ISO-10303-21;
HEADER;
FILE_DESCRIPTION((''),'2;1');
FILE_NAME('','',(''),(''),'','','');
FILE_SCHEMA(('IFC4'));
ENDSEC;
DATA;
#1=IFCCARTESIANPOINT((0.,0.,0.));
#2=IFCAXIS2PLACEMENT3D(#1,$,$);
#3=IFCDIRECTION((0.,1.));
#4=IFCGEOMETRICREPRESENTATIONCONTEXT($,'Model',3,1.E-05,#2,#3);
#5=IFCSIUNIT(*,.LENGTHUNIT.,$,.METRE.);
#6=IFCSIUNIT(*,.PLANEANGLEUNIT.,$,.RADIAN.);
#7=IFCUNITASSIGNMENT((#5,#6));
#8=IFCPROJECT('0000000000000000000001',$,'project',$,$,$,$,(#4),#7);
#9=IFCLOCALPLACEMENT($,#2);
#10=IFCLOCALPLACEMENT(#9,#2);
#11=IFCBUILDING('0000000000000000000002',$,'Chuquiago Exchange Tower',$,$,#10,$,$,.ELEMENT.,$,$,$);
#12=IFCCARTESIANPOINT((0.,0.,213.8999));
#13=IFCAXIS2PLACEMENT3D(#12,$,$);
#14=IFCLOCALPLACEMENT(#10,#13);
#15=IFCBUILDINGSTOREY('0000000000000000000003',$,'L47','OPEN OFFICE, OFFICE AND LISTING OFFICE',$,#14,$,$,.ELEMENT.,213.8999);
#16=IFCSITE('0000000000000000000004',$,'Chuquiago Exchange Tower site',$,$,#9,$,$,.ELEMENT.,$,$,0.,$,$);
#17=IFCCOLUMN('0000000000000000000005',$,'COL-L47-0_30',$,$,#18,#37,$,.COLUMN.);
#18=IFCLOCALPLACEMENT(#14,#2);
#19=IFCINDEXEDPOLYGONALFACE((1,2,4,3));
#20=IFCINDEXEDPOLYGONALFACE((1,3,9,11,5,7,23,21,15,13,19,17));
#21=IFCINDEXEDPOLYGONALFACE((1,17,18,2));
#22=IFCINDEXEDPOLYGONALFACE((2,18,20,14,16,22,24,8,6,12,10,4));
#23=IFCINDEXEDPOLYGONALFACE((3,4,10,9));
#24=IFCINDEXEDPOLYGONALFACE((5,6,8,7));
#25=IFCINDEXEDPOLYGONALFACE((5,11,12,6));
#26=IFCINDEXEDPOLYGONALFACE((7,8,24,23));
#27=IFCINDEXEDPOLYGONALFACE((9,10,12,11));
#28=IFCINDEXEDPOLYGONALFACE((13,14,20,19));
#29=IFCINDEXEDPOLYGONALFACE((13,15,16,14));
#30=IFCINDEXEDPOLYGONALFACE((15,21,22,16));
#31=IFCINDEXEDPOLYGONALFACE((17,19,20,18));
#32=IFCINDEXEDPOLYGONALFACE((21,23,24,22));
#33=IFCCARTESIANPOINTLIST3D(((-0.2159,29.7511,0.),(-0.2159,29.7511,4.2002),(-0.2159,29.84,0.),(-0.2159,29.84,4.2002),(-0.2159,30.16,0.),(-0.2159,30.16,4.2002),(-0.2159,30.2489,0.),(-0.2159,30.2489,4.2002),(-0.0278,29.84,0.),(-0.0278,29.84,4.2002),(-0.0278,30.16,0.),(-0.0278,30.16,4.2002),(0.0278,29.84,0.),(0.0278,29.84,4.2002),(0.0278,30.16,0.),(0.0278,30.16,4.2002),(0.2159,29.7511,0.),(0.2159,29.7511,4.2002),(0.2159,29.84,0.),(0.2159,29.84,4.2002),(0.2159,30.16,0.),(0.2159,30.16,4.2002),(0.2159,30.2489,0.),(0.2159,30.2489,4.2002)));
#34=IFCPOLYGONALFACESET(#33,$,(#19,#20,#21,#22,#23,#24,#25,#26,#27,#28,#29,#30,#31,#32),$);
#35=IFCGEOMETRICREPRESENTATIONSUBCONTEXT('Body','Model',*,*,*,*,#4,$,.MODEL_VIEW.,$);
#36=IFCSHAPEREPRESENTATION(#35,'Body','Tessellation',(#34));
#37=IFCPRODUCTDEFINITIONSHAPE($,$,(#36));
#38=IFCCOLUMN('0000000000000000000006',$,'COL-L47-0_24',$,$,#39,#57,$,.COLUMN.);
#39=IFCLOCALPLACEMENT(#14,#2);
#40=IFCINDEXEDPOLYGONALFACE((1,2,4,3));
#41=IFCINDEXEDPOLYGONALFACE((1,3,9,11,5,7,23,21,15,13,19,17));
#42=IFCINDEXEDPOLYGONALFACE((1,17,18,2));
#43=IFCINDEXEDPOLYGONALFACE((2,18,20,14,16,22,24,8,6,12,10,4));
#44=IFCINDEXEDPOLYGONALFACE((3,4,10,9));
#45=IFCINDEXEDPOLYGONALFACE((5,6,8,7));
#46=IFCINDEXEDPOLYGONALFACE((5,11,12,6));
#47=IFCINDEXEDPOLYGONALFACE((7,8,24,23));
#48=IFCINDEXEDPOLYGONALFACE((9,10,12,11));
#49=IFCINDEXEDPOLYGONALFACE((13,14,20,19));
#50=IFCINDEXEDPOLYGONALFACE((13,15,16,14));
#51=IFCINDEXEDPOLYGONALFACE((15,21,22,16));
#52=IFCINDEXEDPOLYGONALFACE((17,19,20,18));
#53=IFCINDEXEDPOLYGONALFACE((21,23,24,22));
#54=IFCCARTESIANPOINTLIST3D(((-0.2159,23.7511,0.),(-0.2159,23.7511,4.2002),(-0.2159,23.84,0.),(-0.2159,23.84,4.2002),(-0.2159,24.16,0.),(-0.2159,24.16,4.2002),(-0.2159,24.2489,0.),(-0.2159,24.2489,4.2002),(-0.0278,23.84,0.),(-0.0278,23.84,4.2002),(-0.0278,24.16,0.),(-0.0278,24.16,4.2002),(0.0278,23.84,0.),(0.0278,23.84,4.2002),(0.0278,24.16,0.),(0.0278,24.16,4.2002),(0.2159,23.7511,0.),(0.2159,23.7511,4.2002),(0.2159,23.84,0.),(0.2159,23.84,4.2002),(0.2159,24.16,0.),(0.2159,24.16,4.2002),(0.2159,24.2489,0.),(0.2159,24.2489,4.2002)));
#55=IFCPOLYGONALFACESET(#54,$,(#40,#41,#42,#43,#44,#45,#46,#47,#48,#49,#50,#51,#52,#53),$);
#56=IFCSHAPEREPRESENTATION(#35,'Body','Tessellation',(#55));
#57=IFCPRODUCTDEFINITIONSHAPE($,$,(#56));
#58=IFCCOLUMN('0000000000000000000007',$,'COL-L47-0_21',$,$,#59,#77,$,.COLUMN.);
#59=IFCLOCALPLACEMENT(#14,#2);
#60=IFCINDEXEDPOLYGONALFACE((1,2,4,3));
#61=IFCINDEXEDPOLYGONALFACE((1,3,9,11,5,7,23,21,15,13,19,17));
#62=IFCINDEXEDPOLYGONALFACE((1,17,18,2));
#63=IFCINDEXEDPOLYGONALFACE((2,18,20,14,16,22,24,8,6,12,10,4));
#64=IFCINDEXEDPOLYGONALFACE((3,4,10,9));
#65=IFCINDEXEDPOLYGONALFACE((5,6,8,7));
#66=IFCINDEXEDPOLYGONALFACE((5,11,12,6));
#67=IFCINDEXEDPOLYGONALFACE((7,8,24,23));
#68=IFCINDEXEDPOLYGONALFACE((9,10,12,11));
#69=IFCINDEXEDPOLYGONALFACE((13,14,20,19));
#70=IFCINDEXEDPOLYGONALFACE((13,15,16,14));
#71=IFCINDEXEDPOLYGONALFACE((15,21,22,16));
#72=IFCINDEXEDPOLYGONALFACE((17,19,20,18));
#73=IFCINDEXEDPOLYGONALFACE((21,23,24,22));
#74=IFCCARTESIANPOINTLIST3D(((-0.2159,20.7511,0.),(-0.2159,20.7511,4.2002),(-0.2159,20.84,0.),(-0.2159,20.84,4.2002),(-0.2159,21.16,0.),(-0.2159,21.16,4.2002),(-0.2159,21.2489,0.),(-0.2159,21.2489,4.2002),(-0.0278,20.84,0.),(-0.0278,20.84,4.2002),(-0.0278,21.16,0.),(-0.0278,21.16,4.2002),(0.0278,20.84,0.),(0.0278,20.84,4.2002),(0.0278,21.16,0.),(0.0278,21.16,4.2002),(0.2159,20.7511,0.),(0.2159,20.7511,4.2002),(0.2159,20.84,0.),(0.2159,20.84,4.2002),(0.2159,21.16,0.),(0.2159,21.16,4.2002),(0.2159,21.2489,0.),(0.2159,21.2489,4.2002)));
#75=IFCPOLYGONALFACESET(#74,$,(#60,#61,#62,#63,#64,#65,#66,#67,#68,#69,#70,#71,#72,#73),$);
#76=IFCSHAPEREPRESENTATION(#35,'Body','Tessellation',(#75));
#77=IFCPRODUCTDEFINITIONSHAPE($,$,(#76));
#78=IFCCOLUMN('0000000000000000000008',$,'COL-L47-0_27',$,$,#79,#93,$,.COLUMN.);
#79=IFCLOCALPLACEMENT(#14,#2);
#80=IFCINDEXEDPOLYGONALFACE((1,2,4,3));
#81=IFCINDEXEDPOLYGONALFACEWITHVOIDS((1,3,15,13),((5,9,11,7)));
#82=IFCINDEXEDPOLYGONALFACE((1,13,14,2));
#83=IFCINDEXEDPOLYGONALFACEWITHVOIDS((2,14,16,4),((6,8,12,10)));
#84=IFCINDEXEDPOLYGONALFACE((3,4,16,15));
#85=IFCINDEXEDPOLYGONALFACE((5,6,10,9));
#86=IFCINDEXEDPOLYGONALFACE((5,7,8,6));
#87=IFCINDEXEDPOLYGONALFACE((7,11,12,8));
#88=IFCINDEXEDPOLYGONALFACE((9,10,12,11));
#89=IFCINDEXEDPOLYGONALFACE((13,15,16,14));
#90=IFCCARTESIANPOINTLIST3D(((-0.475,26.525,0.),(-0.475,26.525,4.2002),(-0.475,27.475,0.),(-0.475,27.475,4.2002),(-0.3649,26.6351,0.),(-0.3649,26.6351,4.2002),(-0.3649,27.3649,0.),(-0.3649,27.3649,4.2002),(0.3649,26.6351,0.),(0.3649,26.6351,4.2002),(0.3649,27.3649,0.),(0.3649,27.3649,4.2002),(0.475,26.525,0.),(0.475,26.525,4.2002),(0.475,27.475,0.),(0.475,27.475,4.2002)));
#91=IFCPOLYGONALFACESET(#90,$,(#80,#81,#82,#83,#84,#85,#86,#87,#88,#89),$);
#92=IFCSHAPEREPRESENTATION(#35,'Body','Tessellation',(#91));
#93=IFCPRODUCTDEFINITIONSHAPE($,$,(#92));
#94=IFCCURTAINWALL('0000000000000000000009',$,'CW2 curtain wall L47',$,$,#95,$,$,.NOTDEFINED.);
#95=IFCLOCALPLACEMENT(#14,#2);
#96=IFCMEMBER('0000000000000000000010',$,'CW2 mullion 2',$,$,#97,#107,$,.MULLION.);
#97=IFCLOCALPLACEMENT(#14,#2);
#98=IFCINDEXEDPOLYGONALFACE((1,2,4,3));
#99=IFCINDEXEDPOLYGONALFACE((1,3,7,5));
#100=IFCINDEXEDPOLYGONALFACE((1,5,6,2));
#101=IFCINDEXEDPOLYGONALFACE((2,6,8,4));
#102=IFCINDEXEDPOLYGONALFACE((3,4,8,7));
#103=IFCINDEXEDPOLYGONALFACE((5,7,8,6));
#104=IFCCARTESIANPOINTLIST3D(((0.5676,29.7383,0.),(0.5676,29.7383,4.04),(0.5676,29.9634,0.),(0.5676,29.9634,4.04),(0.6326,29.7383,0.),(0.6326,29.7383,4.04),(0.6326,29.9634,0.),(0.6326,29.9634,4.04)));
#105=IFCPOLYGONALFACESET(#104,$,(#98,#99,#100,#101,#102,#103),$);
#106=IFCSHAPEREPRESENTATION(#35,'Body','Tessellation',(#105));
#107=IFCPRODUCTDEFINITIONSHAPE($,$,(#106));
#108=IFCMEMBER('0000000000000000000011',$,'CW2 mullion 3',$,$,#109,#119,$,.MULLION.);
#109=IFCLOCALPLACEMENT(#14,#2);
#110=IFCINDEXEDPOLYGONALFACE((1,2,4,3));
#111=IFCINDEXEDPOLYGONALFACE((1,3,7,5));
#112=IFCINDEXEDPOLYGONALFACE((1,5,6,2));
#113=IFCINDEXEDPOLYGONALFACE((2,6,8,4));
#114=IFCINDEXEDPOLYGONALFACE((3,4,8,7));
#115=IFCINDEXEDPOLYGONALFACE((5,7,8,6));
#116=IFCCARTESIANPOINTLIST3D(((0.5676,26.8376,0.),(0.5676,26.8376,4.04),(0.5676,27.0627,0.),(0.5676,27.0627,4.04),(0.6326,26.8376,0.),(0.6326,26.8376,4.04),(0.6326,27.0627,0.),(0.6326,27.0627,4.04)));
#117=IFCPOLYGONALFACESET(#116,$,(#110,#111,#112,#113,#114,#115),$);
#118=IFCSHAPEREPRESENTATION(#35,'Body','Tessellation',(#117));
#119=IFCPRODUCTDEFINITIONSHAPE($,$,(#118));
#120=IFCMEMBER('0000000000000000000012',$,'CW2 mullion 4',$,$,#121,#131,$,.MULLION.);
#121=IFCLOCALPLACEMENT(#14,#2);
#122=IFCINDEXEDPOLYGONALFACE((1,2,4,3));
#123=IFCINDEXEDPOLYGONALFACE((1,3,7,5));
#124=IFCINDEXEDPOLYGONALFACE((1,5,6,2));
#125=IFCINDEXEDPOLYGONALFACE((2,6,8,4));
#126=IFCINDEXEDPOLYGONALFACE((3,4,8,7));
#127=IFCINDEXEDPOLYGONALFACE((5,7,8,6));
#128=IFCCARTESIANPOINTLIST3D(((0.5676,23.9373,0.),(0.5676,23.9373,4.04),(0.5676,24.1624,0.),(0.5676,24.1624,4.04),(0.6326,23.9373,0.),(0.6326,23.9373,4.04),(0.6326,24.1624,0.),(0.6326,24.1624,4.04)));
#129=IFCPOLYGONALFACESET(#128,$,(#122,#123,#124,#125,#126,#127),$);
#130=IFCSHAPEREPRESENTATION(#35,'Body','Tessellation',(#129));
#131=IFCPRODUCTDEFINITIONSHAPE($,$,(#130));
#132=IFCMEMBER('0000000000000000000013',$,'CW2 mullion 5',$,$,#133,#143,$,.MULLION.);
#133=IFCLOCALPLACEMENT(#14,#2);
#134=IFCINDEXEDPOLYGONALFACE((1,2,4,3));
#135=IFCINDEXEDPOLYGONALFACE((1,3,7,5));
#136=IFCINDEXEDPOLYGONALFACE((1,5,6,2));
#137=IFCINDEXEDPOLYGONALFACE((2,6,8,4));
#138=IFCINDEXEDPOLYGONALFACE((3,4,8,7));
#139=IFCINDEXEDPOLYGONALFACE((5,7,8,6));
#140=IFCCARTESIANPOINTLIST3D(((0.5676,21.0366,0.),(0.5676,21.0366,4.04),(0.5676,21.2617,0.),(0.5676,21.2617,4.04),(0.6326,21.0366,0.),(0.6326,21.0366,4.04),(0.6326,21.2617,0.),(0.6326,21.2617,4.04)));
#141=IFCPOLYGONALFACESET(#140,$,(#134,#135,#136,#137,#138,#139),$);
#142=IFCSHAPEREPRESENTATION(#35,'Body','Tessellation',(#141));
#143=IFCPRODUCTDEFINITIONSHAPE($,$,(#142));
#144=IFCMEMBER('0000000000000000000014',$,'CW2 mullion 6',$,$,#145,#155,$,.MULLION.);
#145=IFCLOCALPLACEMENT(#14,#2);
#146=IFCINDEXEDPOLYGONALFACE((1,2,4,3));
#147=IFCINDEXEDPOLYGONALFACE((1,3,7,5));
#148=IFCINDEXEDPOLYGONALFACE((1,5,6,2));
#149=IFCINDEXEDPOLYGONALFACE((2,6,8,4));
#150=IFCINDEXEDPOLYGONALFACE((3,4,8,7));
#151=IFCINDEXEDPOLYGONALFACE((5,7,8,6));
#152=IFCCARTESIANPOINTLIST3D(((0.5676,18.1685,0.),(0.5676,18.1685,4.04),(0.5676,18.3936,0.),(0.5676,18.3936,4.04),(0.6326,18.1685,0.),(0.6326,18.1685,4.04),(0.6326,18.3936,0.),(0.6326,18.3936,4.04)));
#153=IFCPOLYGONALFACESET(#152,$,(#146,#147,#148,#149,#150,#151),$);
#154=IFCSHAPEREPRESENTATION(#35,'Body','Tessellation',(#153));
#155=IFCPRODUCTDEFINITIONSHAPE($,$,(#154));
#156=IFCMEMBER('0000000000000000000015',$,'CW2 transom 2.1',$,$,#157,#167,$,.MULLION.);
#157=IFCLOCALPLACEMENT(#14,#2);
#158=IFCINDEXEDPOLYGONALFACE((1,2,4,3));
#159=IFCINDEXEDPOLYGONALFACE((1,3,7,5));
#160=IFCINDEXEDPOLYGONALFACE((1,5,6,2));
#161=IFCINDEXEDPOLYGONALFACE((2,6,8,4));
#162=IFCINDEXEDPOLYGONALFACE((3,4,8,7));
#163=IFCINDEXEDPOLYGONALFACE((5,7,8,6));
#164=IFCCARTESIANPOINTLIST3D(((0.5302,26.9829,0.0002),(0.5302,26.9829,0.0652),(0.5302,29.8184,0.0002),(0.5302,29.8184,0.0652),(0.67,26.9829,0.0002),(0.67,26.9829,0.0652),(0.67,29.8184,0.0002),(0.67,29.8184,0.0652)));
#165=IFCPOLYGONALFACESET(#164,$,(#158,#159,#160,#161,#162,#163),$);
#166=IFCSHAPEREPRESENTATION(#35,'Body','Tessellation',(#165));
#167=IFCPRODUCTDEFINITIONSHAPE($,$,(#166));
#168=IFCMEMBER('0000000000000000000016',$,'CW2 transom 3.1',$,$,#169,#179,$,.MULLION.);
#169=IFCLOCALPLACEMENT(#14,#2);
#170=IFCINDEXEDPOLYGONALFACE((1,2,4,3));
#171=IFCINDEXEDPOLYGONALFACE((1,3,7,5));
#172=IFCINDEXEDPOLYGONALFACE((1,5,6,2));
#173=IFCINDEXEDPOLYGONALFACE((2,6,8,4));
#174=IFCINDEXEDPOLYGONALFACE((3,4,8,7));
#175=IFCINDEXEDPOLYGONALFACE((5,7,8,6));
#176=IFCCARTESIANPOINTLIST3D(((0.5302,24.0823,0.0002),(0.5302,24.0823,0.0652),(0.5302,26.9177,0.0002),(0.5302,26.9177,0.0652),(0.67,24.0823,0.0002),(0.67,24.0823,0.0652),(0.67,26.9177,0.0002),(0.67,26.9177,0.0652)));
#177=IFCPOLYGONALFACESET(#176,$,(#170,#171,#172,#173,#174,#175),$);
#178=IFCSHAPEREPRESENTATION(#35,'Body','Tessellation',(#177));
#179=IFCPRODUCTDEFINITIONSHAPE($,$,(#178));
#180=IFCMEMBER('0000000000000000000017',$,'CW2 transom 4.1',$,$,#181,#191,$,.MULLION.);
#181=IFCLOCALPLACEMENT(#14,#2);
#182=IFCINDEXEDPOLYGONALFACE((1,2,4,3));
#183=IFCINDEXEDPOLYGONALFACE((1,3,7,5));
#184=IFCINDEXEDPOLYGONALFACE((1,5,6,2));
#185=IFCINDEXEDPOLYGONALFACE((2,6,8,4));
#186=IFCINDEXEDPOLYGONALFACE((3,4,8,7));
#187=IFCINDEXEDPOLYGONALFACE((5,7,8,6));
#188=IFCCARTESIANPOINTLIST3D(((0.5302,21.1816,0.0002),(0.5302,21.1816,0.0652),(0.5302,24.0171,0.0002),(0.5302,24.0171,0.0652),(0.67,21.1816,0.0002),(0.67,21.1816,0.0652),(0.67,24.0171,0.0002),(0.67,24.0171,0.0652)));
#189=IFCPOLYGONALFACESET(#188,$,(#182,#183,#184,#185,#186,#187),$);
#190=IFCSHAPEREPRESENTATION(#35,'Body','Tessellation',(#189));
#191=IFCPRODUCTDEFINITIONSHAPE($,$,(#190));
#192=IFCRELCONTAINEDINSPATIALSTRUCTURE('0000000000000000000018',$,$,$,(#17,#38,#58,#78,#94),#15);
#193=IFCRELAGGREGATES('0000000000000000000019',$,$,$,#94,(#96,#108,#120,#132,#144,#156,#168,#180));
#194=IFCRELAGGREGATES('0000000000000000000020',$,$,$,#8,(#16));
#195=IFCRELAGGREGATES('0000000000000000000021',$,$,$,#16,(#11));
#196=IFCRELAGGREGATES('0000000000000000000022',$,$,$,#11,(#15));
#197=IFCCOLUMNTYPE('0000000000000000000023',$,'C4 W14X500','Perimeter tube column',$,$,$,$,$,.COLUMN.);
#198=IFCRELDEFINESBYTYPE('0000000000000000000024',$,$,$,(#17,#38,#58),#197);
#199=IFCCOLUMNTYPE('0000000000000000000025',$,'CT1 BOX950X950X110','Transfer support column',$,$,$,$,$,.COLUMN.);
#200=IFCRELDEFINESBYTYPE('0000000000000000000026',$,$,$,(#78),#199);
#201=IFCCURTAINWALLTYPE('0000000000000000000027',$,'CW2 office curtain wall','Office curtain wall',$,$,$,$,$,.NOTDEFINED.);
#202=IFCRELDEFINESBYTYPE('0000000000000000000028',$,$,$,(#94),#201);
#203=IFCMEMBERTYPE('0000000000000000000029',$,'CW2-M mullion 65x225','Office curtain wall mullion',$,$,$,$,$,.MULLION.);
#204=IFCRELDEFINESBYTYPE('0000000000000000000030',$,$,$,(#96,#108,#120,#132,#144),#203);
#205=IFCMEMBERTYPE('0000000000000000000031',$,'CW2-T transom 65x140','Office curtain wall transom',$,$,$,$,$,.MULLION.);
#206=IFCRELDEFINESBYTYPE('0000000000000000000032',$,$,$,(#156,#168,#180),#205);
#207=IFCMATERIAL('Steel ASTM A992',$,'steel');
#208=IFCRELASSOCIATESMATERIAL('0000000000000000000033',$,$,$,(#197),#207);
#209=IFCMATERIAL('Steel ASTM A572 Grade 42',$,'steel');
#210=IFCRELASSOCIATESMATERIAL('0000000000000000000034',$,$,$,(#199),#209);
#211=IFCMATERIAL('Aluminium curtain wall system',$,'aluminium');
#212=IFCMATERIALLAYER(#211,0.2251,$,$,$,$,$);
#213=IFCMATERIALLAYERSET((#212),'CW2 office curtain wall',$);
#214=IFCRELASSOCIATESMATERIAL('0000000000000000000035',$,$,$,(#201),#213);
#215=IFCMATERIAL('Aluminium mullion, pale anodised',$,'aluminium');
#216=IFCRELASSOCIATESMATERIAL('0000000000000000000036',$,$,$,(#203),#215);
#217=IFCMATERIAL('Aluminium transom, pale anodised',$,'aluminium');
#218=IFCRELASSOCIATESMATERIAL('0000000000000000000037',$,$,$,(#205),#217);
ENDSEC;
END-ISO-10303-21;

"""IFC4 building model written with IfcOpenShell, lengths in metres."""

from ifc_helpers import new_model, si_unit, direction, frame, origin, origin_2d, place, context, subcontext, project, spatial, rectangle, hollow_rectangle, i_section, extrude, material, layer, layer_set, material_profile, profile_set, type_object, element, aggregate, save


model = new_model("IFC4")

# Units and contexts
model_context = context("Model", 3, precision=1e-05, world=origin(), true_north=direction((0.0, 1.0)))
body_context = subcontext(model_context, "Body", "Model", "MODEL_VIEW")
ifc_project = project(units=[si_unit("LENGTHUNIT", "METRE"), si_unit("PLANEANGLEUNIT", "RADIAN")], contexts=[model_context])

# Site, building, storey
site_placement = place(None, origin())
site = spatial("IfcSite", under=ifc_project, at=site_placement, Name="Chuquiago Exchange Tower site", CompositionType="ELEMENT", RefElevation=0.0)
building_placement = place(site_placement, origin())
building = spatial("IfcBuilding", under=site, at=building_placement, Name="Chuquiago Exchange Tower", CompositionType="ELEMENT")
storey_placement = place(building_placement, frame((0.0, 0.0, 213.8999)))
storey = spatial("IfcBuildingStorey", under=building, at=storey_placement, Name="L47", Description="OPEN OFFICE, OFFICE AND LISTING OFFICE", CompositionType="ELEMENT", Elevation=213.8999)

# Columns
ifc_material_1 = material(Name="Steel ASTM A992", Category="steel")
ifc_material_profile_1 = material_profile(ifc_material_1, i_section(OverallWidth=0.4319, OverallDepth=0.4978, WebThickness=0.0557, FlangeThickness=0.0889, at=origin_2d()), Name="W14X500")
ifc_profile_set_1 = profile_set([ifc_material_profile_1], Name="Steel ASTM A992")
column_type_1 = type_object("IfcColumnType", Name="C4 W14X500", Description="Perimeter tube column", PredefinedType="COLUMN", material=ifc_profile_set_1)
for number, where, z_axis, x_axis, name in (
    (1, (0.0, 30.0, 0.0), (0.0, 0.0, 1.0), (-1.0, 0.0, 0.0), "COL-L47-0_30"),
    (2, (0.0, 24.0, 0.0), (0.0, 0.0, 1.0), (-1.0, 0.0, 0.0), "COL-L47-0_24"),
    (3, (0.0, 21.0, 0.0), (0.0, 0.0, 1.0), (-1.0, 0.0, 0.0), "COL-L47-0_21"),
):
    element("IfcColumn", number, at=place(storey_placement, frame(where, z_axis=z_axis, x_axis=x_axis)), inside=storey, type_object=column_type_1, Name=name, PredefinedType="COLUMN", context=body_context, shape_type="SweptSolid", body=[
        extrude(i_section(OverallWidth=0.4319, OverallDepth=0.4978, WebThickness=0.0557, FlangeThickness=0.0889, at=origin_2d()), origin(), (0.0, 0.0, 1.0), 4.2002),
    ])
ifc_material_2 = material(Name="Steel ASTM A572 Grade 42", Category="steel")
ifc_material_profile_2 = material_profile(ifc_material_2, hollow_rectangle(XDim=0.95, YDim=0.95, WallThickness=0.1101, at=origin_2d()), Name="BOX950X950X110")
ifc_profile_set_2 = profile_set([ifc_material_profile_2], Name="Steel ASTM A572 Grade 42")
column_type_2 = type_object("IfcColumnType", Name="CT1 BOX950X950X110", Description="Transfer support column", PredefinedType="COLUMN", material=ifc_profile_set_2)
column_placement = place(storey_placement, frame((0.0, 27.0, 0.0), z_axis=(0.0, 0.0, 1.0), x_axis=(-1.0, 0.0, 0.0)))
element("IfcColumn", 4, at=column_placement, inside=storey, type_object=column_type_2, Name="COL-L47-0_27", PredefinedType="COLUMN", context=body_context, shape_type="SweptSolid", body=[
    extrude(hollow_rectangle(XDim=0.95, YDim=0.95, WallThickness=0.1101, at=origin_2d()), origin(), (0.0, 0.0, 1.0), 4.2002),
])

# Curtain wall, members
ifc_material_3 = material(Name="Aluminium curtain wall system", Category="aluminium")
ifc_layer_1 = layer(ifc_material_3, 0.2251)
ifc_layer_set_1 = layer_set([ifc_layer_1], Name="CW2 office curtain wall")
curtain_wall_type_1 = type_object("IfcCurtainWallType", Name="CW2 office curtain wall", Description="Office curtain wall", PredefinedType="NOTDEFINED", material=ifc_layer_set_1)
curtain_wall_1_placement = place(storey_placement, origin())
curtain_wall_1 = element("IfcCurtainWall", 5, at=curtain_wall_1_placement, inside=storey, type_object=curtain_wall_type_1, Name="CW2 curtain wall L47", PredefinedType="NOTDEFINED")
ifc_material_4 = material(Name="Aluminium mullion, pale anodised", Category="aluminium")
ifc_material_profile_3 = material_profile(ifc_material_4, rectangle(XDim=0.0649, YDim=0.2251, at=origin_2d()), Name="AL 65x225")
ifc_profile_set_3 = profile_set([ifc_material_profile_3], Name="Aluminium mullion, pale anodised")
member_type_1 = type_object("IfcMemberType", Name="CW2-M mullion 65x225", Description="Office curtain wall mullion", PredefinedType="MULLION", material=ifc_profile_set_3)
member_1_placement = place(storey_placement, frame((0.6001, 29.8508, 0.0), z_axis=(0.0, 0.0, 1.0), x_axis=(1.0, 0.0, 0.0)))
member_1 = element("IfcMember", 6, at=member_1_placement, type_object=member_type_1, Name="CW2 mullion 2", PredefinedType="MULLION", context=body_context, shape_type="SweptSolid", body=[
    extrude(rectangle(XDim=0.0649, YDim=0.2251, at=origin_2d()), origin(), (0.0, 0.0, 1.0), 4.04),
])
member_2_placement = place(storey_placement, frame((0.6001, 26.9502, 0.0), z_axis=(0.0, 0.0, 1.0), x_axis=(1.0, 0.0, 0.0)))
member_2 = element("IfcMember", 7, at=member_2_placement, type_object=member_type_1, Name="CW2 mullion 3", PredefinedType="MULLION", context=body_context, shape_type="SweptSolid", body=[
    extrude(rectangle(XDim=0.0649, YDim=0.2251, at=origin_2d()), origin(), (0.0, 0.0, 1.0), 4.04),
])
member_3_placement = place(storey_placement, frame((0.6001, 24.0498, 0.0), z_axis=(0.0, 0.0, 1.0), x_axis=(1.0, 0.0, 0.0)))
member_3 = element("IfcMember", 8, at=member_3_placement, type_object=member_type_1, Name="CW2 mullion 4", PredefinedType="MULLION", context=body_context, shape_type="SweptSolid", body=[
    extrude(rectangle(XDim=0.0649, YDim=0.2251, at=origin_2d()), origin(), (0.0, 0.0, 1.0), 4.04),
])
member_4_placement = place(storey_placement, frame((0.6001, 21.1492, 0.0), z_axis=(0.0, 0.0, 1.0), x_axis=(1.0, 0.0, 0.0)))
member_4 = element("IfcMember", 9, at=member_4_placement, type_object=member_type_1, Name="CW2 mullion 5", PredefinedType="MULLION", context=body_context, shape_type="SweptSolid", body=[
    extrude(rectangle(XDim=0.0649, YDim=0.2251, at=origin_2d()), origin(), (0.0, 0.0, 1.0), 4.04),
])
member_5_placement = place(storey_placement, frame((0.6001, 18.281, 0.0), z_axis=(0.0, 0.0, 1.0), x_axis=(1.0, 0.0, 0.0)))
member_5 = element("IfcMember", 10, at=member_5_placement, type_object=member_type_1, Name="CW2 mullion 6", PredefinedType="MULLION", context=body_context, shape_type="SweptSolid", body=[
    extrude(rectangle(XDim=0.0649, YDim=0.2251, at=origin_2d()), origin(), (0.0, 0.0, 1.0), 4.04),
])
ifc_material_5 = material(Name="Aluminium transom, pale anodised", Category="aluminium")
ifc_material_profile_4 = material_profile(ifc_material_5, rectangle(XDim=0.1399, YDim=0.0649, at=origin_2d()), Name="AL 140x65")
ifc_profile_set_4 = profile_set([ifc_material_profile_4], Name="Aluminium transom, pale anodised")
member_type_2 = type_object("IfcMemberType", Name="CW2-T transom 65x140", Description="Office curtain wall transom", PredefinedType="MULLION", material=ifc_profile_set_4)
member_6_placement = place(storey_placement, frame((0.6001, 29.8184, 0.0327), z_axis=(0.0, -1.0, 0.0), x_axis=(1.0, 0.0, 0.0)))
member_6 = element("IfcMember", 11, at=member_6_placement, type_object=member_type_2, Name="CW2 transom 2.1", PredefinedType="MULLION", context=body_context, shape_type="SweptSolid", body=[
    extrude(rectangle(XDim=0.1399, YDim=0.0649, at=origin_2d()), origin(), (0.0, 0.0, 1.0), 2.8354),
])
member_7_placement = place(storey_placement, frame((0.6001, 26.9177, 0.0327), z_axis=(0.0, -1.0, 0.0), x_axis=(1.0, 0.0, 0.0)))
member_7 = element("IfcMember", 12, at=member_7_placement, type_object=member_type_2, Name="CW2 transom 3.1", PredefinedType="MULLION", context=body_context, shape_type="SweptSolid", body=[
    extrude(rectangle(XDim=0.1399, YDim=0.0649, at=origin_2d()), origin(), (0.0, 0.0, 1.0), 2.8354),
])
member_8_placement = place(storey_placement, frame((0.6001, 24.0171, 0.0327), z_axis=(0.0, -1.0, 0.0), x_axis=(1.0, 0.0, 0.0)))
member_8 = element("IfcMember", 13, at=member_8_placement, type_object=member_type_2, Name="CW2 transom 4.1", PredefinedType="MULLION", context=body_context, shape_type="SweptSolid", body=[
    extrude(rectangle(XDim=0.1399, YDim=0.0649, at=origin_2d()), origin(), (0.0, 0.0, 1.0), 2.8354),
])

aggregate(curtain_wall_1, [member_1, member_2, member_3, member_4, member_5, member_6, member_7, member_8])

save(model, "model.ifc")
